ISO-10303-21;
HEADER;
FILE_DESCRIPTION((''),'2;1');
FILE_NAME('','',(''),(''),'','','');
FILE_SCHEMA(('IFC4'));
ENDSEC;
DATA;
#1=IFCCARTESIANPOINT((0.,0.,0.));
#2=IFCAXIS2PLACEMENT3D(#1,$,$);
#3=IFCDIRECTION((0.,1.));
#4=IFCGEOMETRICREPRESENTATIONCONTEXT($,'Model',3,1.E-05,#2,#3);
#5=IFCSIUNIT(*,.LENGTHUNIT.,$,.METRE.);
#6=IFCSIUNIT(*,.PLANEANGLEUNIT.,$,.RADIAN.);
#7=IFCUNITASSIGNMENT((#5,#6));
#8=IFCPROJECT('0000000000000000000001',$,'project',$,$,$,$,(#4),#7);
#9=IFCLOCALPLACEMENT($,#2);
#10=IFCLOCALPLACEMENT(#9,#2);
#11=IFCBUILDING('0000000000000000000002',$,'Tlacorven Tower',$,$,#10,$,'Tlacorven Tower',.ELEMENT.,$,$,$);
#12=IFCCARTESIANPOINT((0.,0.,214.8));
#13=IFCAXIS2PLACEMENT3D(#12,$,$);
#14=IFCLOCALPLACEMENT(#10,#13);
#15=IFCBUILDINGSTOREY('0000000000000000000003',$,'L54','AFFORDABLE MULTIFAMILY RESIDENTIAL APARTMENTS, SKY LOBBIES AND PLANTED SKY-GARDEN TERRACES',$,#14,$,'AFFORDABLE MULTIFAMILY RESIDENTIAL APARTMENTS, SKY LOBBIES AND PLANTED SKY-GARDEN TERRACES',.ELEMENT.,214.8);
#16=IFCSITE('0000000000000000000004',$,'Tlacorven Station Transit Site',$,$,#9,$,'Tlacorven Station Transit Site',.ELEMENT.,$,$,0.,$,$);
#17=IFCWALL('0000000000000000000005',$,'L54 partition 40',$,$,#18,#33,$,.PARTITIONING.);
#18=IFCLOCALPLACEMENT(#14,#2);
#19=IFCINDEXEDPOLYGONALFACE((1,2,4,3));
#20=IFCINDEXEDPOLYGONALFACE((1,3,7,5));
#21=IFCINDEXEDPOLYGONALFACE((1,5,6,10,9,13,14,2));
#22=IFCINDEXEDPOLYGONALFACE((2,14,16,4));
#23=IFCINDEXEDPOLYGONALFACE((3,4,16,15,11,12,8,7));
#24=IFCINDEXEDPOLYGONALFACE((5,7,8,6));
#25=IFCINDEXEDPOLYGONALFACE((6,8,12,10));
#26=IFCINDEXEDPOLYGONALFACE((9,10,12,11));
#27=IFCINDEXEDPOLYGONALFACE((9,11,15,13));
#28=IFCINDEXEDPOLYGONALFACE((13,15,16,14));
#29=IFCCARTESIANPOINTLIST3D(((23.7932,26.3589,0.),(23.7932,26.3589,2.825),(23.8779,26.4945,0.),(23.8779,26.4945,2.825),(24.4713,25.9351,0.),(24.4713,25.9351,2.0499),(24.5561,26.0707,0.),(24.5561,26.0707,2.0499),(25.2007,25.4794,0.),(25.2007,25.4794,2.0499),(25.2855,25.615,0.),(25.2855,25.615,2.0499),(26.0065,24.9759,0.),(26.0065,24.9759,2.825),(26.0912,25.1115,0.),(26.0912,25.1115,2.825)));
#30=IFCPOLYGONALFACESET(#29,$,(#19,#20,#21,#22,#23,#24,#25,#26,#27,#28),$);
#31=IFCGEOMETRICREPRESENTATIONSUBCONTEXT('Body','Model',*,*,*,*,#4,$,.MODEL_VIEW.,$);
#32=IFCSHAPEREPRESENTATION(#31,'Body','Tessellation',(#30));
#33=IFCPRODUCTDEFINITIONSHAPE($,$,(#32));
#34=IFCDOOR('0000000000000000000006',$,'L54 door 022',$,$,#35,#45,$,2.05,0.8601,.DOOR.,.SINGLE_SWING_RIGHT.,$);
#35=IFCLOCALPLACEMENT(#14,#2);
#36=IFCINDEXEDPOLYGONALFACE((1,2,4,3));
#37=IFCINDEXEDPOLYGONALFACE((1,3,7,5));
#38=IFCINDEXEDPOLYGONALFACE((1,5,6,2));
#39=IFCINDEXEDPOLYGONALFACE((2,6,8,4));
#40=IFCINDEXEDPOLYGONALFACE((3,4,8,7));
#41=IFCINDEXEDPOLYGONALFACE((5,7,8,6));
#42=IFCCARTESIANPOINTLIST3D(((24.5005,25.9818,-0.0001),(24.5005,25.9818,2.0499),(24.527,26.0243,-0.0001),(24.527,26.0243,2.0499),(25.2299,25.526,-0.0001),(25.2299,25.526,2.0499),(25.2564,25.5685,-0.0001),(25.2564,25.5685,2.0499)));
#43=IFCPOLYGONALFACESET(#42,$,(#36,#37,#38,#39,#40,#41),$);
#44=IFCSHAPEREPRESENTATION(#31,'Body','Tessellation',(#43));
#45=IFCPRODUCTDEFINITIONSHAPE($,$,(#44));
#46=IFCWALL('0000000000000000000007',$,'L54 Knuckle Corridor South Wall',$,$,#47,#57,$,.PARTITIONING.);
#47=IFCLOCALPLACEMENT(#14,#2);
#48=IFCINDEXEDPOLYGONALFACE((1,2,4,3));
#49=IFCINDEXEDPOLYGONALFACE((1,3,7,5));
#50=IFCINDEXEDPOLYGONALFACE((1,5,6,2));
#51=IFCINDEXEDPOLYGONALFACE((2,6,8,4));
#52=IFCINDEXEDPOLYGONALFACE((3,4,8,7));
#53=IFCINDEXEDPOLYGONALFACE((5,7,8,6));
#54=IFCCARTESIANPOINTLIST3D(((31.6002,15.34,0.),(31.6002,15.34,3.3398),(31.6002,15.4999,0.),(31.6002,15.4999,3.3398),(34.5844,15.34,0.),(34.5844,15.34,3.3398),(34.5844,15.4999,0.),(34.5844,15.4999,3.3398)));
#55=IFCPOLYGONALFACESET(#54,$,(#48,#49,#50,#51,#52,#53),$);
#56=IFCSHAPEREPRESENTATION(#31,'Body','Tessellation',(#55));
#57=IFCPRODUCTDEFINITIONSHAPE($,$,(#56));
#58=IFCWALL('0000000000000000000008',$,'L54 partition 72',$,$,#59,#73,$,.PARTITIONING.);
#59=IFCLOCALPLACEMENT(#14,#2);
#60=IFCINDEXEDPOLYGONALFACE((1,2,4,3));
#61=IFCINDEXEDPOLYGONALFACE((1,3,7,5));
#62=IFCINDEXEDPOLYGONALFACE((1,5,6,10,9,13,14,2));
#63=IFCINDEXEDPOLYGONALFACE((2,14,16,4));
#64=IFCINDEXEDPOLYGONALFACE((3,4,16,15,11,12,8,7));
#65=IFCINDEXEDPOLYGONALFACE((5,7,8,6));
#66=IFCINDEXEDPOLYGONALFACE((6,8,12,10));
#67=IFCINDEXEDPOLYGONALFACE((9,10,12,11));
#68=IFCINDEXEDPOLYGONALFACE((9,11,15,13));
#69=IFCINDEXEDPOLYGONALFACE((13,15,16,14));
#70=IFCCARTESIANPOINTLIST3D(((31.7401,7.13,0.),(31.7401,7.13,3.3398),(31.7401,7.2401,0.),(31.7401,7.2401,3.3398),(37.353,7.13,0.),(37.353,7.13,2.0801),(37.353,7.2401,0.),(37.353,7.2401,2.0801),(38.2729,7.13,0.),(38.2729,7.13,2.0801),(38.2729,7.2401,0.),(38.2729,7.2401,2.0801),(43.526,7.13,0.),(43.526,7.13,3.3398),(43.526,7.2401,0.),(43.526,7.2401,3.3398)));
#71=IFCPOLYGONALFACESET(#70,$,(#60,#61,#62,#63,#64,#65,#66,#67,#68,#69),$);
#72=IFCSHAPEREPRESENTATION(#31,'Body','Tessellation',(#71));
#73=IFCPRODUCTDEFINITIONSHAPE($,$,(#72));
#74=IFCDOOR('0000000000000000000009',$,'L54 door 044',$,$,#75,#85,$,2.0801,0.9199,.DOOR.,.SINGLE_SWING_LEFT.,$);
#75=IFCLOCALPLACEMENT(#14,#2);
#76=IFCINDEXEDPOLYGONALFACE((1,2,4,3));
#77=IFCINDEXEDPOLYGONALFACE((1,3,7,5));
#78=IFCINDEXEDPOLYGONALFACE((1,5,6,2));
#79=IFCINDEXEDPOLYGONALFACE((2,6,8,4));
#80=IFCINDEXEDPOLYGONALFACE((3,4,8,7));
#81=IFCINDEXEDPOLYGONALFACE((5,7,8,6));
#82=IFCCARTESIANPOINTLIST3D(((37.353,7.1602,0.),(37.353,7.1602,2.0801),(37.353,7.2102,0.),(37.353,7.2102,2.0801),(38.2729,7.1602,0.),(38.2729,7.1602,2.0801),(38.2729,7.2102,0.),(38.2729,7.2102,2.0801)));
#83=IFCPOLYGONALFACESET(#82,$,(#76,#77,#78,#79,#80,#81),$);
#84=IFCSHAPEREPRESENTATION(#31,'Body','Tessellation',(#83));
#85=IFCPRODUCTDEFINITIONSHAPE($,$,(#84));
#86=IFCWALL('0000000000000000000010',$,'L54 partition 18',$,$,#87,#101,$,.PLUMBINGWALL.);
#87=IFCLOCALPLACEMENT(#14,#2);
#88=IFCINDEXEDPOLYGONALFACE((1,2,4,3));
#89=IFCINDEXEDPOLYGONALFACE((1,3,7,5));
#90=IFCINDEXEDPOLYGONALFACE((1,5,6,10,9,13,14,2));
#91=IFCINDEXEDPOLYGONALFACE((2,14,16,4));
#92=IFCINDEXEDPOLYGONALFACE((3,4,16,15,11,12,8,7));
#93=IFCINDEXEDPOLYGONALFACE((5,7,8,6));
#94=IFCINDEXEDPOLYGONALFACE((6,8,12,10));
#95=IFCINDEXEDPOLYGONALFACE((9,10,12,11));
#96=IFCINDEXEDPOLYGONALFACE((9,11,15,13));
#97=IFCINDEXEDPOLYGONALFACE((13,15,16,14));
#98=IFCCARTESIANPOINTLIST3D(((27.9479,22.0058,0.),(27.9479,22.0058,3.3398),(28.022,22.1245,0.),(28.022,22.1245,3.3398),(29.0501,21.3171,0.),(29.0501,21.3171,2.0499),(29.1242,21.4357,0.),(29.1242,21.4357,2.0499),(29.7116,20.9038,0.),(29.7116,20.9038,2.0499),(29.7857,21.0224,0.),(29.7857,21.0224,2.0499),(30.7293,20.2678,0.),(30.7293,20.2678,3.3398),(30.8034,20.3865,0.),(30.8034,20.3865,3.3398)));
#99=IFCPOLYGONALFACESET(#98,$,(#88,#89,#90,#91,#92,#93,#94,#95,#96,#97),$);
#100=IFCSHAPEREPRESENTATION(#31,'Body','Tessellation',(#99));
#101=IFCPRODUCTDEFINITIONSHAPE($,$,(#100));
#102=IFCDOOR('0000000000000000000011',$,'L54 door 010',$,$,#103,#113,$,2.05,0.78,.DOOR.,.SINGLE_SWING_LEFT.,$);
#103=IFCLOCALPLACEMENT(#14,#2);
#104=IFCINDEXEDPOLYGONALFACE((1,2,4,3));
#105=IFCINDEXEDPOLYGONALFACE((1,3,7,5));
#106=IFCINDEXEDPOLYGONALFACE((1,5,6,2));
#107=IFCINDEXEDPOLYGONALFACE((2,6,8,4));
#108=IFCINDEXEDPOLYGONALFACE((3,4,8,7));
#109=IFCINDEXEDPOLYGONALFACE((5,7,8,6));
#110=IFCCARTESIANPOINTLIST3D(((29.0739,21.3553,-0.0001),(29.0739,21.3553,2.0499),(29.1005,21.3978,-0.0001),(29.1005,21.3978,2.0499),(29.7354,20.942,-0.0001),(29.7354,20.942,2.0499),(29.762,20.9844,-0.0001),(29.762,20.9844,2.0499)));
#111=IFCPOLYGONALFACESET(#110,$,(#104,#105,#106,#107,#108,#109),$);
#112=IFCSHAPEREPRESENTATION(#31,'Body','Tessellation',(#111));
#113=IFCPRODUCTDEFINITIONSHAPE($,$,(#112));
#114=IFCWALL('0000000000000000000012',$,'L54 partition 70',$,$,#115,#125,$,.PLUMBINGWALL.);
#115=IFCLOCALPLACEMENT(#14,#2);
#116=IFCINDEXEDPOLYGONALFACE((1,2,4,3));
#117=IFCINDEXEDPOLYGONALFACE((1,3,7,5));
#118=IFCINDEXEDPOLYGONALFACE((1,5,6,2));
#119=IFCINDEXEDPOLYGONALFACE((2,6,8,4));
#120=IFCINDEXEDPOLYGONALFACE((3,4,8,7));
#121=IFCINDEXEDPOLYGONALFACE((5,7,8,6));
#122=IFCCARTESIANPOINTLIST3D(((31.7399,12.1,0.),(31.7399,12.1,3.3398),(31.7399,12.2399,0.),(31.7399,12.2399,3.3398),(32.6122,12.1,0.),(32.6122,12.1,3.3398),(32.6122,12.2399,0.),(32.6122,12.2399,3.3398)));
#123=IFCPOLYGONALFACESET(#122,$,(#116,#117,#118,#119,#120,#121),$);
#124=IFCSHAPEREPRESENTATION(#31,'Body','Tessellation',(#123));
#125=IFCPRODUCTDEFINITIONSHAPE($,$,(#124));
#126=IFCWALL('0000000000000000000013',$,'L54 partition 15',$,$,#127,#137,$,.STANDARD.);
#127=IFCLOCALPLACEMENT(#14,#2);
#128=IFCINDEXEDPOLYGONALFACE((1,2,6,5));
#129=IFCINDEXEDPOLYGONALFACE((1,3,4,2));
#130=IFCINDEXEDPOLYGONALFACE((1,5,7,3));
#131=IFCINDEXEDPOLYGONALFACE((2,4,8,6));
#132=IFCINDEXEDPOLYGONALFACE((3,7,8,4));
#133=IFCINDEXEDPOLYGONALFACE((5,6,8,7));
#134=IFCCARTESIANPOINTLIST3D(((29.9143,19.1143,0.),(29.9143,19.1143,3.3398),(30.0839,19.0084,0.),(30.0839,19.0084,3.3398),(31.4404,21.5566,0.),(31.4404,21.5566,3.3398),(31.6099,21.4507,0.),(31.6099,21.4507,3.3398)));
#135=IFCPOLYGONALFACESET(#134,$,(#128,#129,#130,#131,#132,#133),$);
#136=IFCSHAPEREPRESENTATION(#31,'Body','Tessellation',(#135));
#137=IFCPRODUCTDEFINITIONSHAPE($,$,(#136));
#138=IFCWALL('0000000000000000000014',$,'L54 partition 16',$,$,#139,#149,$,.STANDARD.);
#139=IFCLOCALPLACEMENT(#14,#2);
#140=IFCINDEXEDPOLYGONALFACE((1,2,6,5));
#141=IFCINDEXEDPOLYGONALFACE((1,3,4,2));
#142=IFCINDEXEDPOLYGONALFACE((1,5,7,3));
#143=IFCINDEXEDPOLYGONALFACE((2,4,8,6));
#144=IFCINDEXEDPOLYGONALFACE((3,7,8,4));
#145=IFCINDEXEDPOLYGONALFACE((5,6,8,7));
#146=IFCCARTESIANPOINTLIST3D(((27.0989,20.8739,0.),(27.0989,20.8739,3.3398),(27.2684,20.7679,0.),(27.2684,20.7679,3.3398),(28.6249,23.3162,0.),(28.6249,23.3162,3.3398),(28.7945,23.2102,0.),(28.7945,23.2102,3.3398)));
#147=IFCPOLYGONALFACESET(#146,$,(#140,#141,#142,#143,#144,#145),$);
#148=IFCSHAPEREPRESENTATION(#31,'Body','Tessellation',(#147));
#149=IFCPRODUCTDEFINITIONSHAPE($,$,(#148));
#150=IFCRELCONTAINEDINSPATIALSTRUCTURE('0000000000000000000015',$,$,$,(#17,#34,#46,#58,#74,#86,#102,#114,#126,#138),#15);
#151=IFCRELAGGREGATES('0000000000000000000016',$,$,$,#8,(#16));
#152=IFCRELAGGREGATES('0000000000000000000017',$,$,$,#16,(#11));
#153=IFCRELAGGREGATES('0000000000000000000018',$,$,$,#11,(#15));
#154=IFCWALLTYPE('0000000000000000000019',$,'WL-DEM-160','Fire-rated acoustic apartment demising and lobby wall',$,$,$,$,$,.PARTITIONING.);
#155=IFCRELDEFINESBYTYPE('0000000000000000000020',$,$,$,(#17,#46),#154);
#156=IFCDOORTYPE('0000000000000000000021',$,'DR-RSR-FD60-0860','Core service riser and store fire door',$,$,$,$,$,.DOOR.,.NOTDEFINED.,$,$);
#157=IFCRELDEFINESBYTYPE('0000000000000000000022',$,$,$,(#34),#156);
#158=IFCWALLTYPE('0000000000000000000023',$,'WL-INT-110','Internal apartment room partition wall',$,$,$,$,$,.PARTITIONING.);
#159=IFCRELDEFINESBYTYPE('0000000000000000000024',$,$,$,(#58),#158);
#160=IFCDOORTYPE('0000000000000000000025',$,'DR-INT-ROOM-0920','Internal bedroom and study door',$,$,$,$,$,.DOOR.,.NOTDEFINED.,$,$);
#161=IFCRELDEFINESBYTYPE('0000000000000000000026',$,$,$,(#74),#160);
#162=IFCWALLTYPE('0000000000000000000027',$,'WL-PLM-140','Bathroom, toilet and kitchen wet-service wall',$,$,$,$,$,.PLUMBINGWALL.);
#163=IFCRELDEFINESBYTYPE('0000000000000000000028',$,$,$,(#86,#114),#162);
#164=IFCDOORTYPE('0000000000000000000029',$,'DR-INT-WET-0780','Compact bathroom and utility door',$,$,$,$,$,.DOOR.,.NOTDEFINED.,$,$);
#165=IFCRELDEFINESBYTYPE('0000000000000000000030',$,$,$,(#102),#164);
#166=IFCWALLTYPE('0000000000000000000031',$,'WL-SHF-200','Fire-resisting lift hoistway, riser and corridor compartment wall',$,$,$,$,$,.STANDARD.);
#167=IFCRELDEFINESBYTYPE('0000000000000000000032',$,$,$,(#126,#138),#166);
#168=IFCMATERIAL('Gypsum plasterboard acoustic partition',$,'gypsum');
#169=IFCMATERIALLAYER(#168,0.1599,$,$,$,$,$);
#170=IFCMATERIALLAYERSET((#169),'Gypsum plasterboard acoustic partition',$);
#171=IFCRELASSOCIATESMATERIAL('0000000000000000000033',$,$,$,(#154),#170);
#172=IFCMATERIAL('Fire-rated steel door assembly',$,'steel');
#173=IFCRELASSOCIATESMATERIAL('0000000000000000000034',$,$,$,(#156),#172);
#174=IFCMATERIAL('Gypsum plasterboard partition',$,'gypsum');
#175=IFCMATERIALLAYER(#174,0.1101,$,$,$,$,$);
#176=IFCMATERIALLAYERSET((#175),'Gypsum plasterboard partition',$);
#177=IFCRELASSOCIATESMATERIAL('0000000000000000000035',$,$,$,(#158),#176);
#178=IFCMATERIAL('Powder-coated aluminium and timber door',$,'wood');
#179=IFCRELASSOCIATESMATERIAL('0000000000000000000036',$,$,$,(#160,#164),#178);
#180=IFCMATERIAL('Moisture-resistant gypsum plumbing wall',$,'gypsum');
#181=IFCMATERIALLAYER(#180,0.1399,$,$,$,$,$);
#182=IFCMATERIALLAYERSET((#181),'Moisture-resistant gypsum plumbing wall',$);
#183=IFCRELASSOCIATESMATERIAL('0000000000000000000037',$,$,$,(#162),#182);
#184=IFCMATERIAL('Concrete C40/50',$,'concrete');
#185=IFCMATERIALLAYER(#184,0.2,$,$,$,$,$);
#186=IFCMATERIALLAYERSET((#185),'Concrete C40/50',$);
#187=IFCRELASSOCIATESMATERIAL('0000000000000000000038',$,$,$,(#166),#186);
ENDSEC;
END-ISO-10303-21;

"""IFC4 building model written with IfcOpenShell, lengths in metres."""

from ifc_helpers import new_model, si_unit, direction, frame, frame_2d, origin, place, context, subcontext, project, spatial, rectangle, extrude, source, transform, mapped, material, layer, layer_set, type_object, element, fill, save


model = new_model("IFC4")

# Units and contexts
model_context = context("Model", 3, precision=1e-05, world=origin(), true_north=direction((0.0, 1.0)))
body_context = subcontext(model_context, "Body", "Model", "MODEL_VIEW")
ifc_project = project(units=[si_unit("LENGTHUNIT", "METRE"), si_unit("PLANEANGLEUNIT", "RADIAN")], contexts=[model_context])

# Site, building, storey
site_placement = place(None, origin())
site = spatial("IfcSite", under=ifc_project, at=site_placement, Name="Tlacorven Station Transit Site", LongName="Tlacorven Station Transit Site", CompositionType="ELEMENT", RefElevation=0.0)
building_placement = place(site_placement, origin())
building = spatial("IfcBuilding", under=site, at=building_placement, Name="Tlacorven Tower", LongName="Tlacorven Tower", CompositionType="ELEMENT")
storey_placement = place(building_placement, frame((0.0, 0.0, 214.8)))
storey = spatial("IfcBuildingStorey", under=building, at=storey_placement, Name="L54", Description="AFFORDABLE MULTIFAMILY RESIDENTIAL APARTMENTS, SKY LOBBIES AND PLANTED SKY-GARDEN TERRACES", LongName="AFFORDABLE MULTIFAMILY RESIDENTIAL APARTMENTS, SKY LOBBIES AND PLANTED SKY-GARDEN TERRACES", CompositionType="ELEMENT", Elevation=214.8)

# Wall, opening, door
ifc_material_1 = material(Name="Gypsum plasterboard acoustic partition", Category="gypsum")
ifc_layer_1 = layer(ifc_material_1, 0.1599)
ifc_layer_set_1 = layer_set([ifc_layer_1], Name="Gypsum plasterboard acoustic partition")
wall_type_1 = type_object("IfcWallType", Name="WL-DEM-160", Description="Fire-rated acoustic apartment demising and lobby wall", PredefinedType="PARTITIONING", material=ifc_layer_set_1)
wall_1_placement = place(storey_placement, frame((26.0488, 25.0437, 0.0), z_axis=(0.0, 0.0, 1.0), x_axis=(-0.848051, 0.529915, 0.0)))
wall_1 = element("IfcWall", 1, at=wall_1_placement, inside=storey, type_object=wall_type_1, Name="L54 partition 40", PredefinedType="PARTITIONING", context=body_context, shape_type="SweptSolid", body=[
    extrude(rectangle(XDim=2.6099, YDim=0.1599, at=frame_2d((1.3049, 0.0))), origin(), (0.0, 0.0, 1.0), 2.825),
])
opening_1_placement = place(wall_1_placement, frame((0.95, 0.0, 0.0)))
opening_1 = element("IfcOpeningElement", 2, at=opening_1_placement, cuts=wall_1, PredefinedType="OPENING", context=body_context, shape_type="SweptSolid", body=[
    extrude(rectangle(XDim=0.8601, YDim=2.05, at=frame_2d((0.4302, 1.0249))), frame((0.0, 0.0898, 0.0), z_axis=(0.0, -1.0, 0.0), x_axis=(1.0, 0.0, 0.0)), (0.0, 0.0, 1.0), 0.1799),
])
ifc_material_2 = material(Name="Fire-rated steel door assembly", Category="steel")
door_type_1 = type_object("IfcDoorType", Name="DR-RSR-FD60-0860", Description="Core service riser and store fire door", OperationType="NOTDEFINED", PredefinedType="DOOR", material=ifc_material_2)
shared_shape_1 = source(origin(), body_context, "Body", "SweptSolid", [
    extrude(rectangle(XDim=0.8601, YDim=2.05, at=frame_2d((0.4302, 1.0249))), frame((0.0, 0.0249, 0.0), z_axis=(0.0, -1.0, 0.0), x_axis=(1.0, 0.0, 0.0)), (0.0, 0.0, 1.0), 0.05),
])
door_1_placement = place(opening_1_placement, origin())
door_1 = element("IfcDoor", 3, at=door_1_placement, inside=storey, type_object=door_type_1, Name="L54 door 022", OperationType="SINGLE_SWING_RIGHT", OverallHeight=2.05, OverallWidth=0.8601, PredefinedType="DOOR", context=body_context, shape_type="MappedRepresentation", body=[
    mapped(shared_shape_1, transform((0.0, 0.0, 0.0), scale=1.0)),
])
fill(opening_1, door_1)

# Wall
wall_2_placement = place(storey_placement, frame((31.6001, 15.4199, 0.0), z_axis=(0.0, 0.0, 1.0), x_axis=(1.0, 0.0, 0.0)))
element("IfcWall", 4, at=wall_2_placement, inside=storey, type_object=wall_type_1, Name="L54 Knuckle Corridor South Wall", PredefinedType="PARTITIONING", context=body_context, shape_type="SweptSolid", body=[
    extrude(rectangle(XDim=2.9841, YDim=0.1599, at=frame_2d((1.4922, 0.0))), origin(), (0.0, 0.0, 1.0), 3.3398),
])

# Walls, openings, doors
ifc_material_3 = material(Name="Gypsum plasterboard partition", Category="gypsum")
ifc_layer_2 = layer(ifc_material_3, 0.1101)
ifc_layer_set_2 = layer_set([ifc_layer_2], Name="Gypsum plasterboard partition")
wall_type_2 = type_object("IfcWallType", Name="WL-INT-110", Description="Internal apartment room partition wall", PredefinedType="PARTITIONING", material=ifc_layer_set_2)
wall_3_placement = place(storey_placement, frame((31.74, 7.1851, 0.0), z_axis=(0.0, 0.0, 1.0), x_axis=(1.0, 0.0, 0.0)))
wall_3 = element("IfcWall", 5, at=wall_3_placement, inside=storey, type_object=wall_type_2, Name="L54 partition 72", PredefinedType="PARTITIONING", context=body_context, shape_type="SweptSolid", body=[
    extrude(rectangle(XDim=11.7859, YDim=0.1101, at=frame_2d((5.8931, 0.0))), origin(), (0.0, 0.0, 1.0), 3.3398),
])
opening_2_placement = place(wall_3_placement, frame((5.613, 0.0, 0.0)))
opening_2 = element("IfcOpeningElement", 6, at=opening_2_placement, cuts=wall_3, PredefinedType="OPENING", context=body_context, shape_type="SweptSolid", body=[
    extrude(rectangle(XDim=0.9199, YDim=2.0801, at=frame_2d((0.46, 1.04))), frame((0.0, 0.0649, 0.0), z_axis=(0.0, -1.0, 0.0), x_axis=(1.0, 0.0, 0.0)), (0.0, 0.0, 1.0), 0.1301),
])
ifc_material_4 = material(Name="Powder-coated aluminium and timber door", Category="wood")
door_type_2 = type_object("IfcDoorType", Name="DR-INT-ROOM-0920", Description="Internal bedroom and study door", OperationType="NOTDEFINED", PredefinedType="DOOR", material=ifc_material_4)
shared_shape_2 = source(origin(), body_context, "Body", "SweptSolid", [
    extrude(rectangle(XDim=0.9199, YDim=2.0801, at=frame_2d((0.46, 1.04))), frame((0.0, 0.0249, 0.0), z_axis=(0.0, -1.0, 0.0), x_axis=(1.0, 0.0, 0.0)), (0.0, 0.0, 1.0), 0.05),
])
door_2_placement = place(opening_2_placement, frame((0.9199, 0.0, 0.0), z_axis=(0.0, 0.0, 1.0), x_axis=(-1.0, 0.0, 0.0)))
door_2 = element("IfcDoor", 7, at=door_2_placement, inside=storey, type_object=door_type_2, Name="L54 door 044", OperationType="SINGLE_SWING_LEFT", OverallHeight=2.0801, OverallWidth=0.9199, PredefinedType="DOOR", context=body_context, shape_type="MappedRepresentation", body=[
    mapped(shared_shape_2, transform((0.0, 0.0, 0.0), scale=1.0)),
])
fill(opening_2, door_2)
ifc_material_5 = material(Name="Moisture-resistant gypsum plumbing wall", Category="gypsum")
ifc_layer_3 = layer(ifc_material_5, 0.1399)
ifc_layer_set_3 = layer_set([ifc_layer_3], Name="Moisture-resistant gypsum plumbing wall")
wall_type_3 = type_object("IfcWallType", Name="WL-PLM-140", Description="Bathroom, toilet and kitchen wet-service wall", PredefinedType="PLUMBINGWALL", material=ifc_layer_set_3)
wall_4_placement = place(storey_placement, frame((30.7664, 20.3271, 0.0), z_axis=(0.0, 0.0, 1.0), x_axis=(-0.848053, 0.529912, 0.0)))
wall_4 = element("IfcWall", 8, at=wall_4_placement, inside=storey, type_object=wall_type_3, Name="L54 partition 18", PredefinedType="PLUMBINGWALL", context=body_context, shape_type="SweptSolid", body=[
    extrude(rectangle(XDim=3.2798, YDim=0.1399, at=frame_2d((1.6399, 0.0))), origin(), (0.0, 0.0, 1.0), 3.3398),
])
opening_3_placement = place(wall_4_placement, frame((1.2, 0.0, 0.0)))
opening_3 = element("IfcOpeningElement", 9, at=opening_3_placement, cuts=wall_4, PredefinedType="OPENING", context=body_context, shape_type="SweptSolid", body=[
    extrude(rectangle(XDim=0.78, YDim=2.05, at=frame_2d((0.3901, 1.0249))), frame((0.0, 0.0801, 0.0), z_axis=(0.0, -1.0, 0.0), x_axis=(1.0, 0.0, 0.0)), (0.0, 0.0, 1.0), 0.1599),
])
door_type_3 = type_object("IfcDoorType", Name="DR-INT-WET-0780", Description="Compact bathroom and utility door", OperationType="NOTDEFINED", PredefinedType="DOOR", material=ifc_material_4)
shared_shape_3 = source(origin(), body_context, "Body", "SweptSolid", [
    extrude(rectangle(XDim=0.78, YDim=2.05, at=frame_2d((0.3901, 1.0249))), frame((0.0, 0.0249, 0.0), z_axis=(0.0, -1.0, 0.0), x_axis=(1.0, 0.0, 0.0)), (0.0, 0.0, 1.0), 0.05),
])
door_3_placement = place(opening_3_placement, origin())
door_3 = element("IfcDoor", 10, at=door_3_placement, inside=storey, type_object=door_type_3, Name="L54 door 010", OperationType="SINGLE_SWING_LEFT", OverallHeight=2.05, OverallWidth=0.78, PredefinedType="DOOR", context=body_context, shape_type="MappedRepresentation", body=[
    mapped(shared_shape_3, transform((0.0, 0.0, 0.0), scale=1.0)),
])
fill(opening_3, door_3)

# Walls
wall_5_placement = place(storey_placement, frame((31.74, 12.1699, 0.0), z_axis=(0.0, 0.0, 1.0), x_axis=(1.0, 0.0, 0.0)))
element("IfcWall", 11, at=wall_5_placement, inside=storey, type_object=wall_type_3, Name="L54 partition 70", PredefinedType="PLUMBINGWALL", context=body_context, shape_type="SweptSolid", body=[
    extrude(rectangle(XDim=0.8723, YDim=0.1399, at=frame_2d((0.436, 0.0))), origin(), (0.0, 0.0, 1.0), 3.3398),
])
ifc_material_6 = material(Name="Concrete C40/50", Category="concrete")
ifc_layer_4 = layer(ifc_material_6, 0.2)
ifc_layer_set_4 = layer_set([ifc_layer_4], Name="Concrete C40/50")
wall_type_4 = type_object("IfcWallType", Name="WL-SHF-200", Description="Fire-resisting lift hoistway, riser and corridor compartment wall", PredefinedType="STANDARD", material=ifc_layer_set_4)
for number, where, z_axis, x_axis, name in (
    (12, (31.5251, 21.5037, 0.0), (0.0, 0.0, 1.0), (-0.529907, -0.848055, 0.0), "L54 partition 15"),
    (13, (28.7097, 23.2632, 0.0), (0.0, 0.0, 1.0), (-0.529907, -0.848055, 0.0), "L54 partition 16"),
):
    element("IfcWall", number, at=place(storey_placement, frame(where, z_axis=z_axis, x_axis=x_axis)), inside=storey, type_object=wall_type_4, Name=name, PredefinedType="STANDARD", context=body_context, shape_type="SweptSolid", body=[
        extrude(rectangle(XDim=2.8799, YDim=0.2, at=frame_2d((1.4399, 0.0))), origin(), (0.0, 0.0, 1.0), 3.3398),
    ])

save(model, "model.ifc")
